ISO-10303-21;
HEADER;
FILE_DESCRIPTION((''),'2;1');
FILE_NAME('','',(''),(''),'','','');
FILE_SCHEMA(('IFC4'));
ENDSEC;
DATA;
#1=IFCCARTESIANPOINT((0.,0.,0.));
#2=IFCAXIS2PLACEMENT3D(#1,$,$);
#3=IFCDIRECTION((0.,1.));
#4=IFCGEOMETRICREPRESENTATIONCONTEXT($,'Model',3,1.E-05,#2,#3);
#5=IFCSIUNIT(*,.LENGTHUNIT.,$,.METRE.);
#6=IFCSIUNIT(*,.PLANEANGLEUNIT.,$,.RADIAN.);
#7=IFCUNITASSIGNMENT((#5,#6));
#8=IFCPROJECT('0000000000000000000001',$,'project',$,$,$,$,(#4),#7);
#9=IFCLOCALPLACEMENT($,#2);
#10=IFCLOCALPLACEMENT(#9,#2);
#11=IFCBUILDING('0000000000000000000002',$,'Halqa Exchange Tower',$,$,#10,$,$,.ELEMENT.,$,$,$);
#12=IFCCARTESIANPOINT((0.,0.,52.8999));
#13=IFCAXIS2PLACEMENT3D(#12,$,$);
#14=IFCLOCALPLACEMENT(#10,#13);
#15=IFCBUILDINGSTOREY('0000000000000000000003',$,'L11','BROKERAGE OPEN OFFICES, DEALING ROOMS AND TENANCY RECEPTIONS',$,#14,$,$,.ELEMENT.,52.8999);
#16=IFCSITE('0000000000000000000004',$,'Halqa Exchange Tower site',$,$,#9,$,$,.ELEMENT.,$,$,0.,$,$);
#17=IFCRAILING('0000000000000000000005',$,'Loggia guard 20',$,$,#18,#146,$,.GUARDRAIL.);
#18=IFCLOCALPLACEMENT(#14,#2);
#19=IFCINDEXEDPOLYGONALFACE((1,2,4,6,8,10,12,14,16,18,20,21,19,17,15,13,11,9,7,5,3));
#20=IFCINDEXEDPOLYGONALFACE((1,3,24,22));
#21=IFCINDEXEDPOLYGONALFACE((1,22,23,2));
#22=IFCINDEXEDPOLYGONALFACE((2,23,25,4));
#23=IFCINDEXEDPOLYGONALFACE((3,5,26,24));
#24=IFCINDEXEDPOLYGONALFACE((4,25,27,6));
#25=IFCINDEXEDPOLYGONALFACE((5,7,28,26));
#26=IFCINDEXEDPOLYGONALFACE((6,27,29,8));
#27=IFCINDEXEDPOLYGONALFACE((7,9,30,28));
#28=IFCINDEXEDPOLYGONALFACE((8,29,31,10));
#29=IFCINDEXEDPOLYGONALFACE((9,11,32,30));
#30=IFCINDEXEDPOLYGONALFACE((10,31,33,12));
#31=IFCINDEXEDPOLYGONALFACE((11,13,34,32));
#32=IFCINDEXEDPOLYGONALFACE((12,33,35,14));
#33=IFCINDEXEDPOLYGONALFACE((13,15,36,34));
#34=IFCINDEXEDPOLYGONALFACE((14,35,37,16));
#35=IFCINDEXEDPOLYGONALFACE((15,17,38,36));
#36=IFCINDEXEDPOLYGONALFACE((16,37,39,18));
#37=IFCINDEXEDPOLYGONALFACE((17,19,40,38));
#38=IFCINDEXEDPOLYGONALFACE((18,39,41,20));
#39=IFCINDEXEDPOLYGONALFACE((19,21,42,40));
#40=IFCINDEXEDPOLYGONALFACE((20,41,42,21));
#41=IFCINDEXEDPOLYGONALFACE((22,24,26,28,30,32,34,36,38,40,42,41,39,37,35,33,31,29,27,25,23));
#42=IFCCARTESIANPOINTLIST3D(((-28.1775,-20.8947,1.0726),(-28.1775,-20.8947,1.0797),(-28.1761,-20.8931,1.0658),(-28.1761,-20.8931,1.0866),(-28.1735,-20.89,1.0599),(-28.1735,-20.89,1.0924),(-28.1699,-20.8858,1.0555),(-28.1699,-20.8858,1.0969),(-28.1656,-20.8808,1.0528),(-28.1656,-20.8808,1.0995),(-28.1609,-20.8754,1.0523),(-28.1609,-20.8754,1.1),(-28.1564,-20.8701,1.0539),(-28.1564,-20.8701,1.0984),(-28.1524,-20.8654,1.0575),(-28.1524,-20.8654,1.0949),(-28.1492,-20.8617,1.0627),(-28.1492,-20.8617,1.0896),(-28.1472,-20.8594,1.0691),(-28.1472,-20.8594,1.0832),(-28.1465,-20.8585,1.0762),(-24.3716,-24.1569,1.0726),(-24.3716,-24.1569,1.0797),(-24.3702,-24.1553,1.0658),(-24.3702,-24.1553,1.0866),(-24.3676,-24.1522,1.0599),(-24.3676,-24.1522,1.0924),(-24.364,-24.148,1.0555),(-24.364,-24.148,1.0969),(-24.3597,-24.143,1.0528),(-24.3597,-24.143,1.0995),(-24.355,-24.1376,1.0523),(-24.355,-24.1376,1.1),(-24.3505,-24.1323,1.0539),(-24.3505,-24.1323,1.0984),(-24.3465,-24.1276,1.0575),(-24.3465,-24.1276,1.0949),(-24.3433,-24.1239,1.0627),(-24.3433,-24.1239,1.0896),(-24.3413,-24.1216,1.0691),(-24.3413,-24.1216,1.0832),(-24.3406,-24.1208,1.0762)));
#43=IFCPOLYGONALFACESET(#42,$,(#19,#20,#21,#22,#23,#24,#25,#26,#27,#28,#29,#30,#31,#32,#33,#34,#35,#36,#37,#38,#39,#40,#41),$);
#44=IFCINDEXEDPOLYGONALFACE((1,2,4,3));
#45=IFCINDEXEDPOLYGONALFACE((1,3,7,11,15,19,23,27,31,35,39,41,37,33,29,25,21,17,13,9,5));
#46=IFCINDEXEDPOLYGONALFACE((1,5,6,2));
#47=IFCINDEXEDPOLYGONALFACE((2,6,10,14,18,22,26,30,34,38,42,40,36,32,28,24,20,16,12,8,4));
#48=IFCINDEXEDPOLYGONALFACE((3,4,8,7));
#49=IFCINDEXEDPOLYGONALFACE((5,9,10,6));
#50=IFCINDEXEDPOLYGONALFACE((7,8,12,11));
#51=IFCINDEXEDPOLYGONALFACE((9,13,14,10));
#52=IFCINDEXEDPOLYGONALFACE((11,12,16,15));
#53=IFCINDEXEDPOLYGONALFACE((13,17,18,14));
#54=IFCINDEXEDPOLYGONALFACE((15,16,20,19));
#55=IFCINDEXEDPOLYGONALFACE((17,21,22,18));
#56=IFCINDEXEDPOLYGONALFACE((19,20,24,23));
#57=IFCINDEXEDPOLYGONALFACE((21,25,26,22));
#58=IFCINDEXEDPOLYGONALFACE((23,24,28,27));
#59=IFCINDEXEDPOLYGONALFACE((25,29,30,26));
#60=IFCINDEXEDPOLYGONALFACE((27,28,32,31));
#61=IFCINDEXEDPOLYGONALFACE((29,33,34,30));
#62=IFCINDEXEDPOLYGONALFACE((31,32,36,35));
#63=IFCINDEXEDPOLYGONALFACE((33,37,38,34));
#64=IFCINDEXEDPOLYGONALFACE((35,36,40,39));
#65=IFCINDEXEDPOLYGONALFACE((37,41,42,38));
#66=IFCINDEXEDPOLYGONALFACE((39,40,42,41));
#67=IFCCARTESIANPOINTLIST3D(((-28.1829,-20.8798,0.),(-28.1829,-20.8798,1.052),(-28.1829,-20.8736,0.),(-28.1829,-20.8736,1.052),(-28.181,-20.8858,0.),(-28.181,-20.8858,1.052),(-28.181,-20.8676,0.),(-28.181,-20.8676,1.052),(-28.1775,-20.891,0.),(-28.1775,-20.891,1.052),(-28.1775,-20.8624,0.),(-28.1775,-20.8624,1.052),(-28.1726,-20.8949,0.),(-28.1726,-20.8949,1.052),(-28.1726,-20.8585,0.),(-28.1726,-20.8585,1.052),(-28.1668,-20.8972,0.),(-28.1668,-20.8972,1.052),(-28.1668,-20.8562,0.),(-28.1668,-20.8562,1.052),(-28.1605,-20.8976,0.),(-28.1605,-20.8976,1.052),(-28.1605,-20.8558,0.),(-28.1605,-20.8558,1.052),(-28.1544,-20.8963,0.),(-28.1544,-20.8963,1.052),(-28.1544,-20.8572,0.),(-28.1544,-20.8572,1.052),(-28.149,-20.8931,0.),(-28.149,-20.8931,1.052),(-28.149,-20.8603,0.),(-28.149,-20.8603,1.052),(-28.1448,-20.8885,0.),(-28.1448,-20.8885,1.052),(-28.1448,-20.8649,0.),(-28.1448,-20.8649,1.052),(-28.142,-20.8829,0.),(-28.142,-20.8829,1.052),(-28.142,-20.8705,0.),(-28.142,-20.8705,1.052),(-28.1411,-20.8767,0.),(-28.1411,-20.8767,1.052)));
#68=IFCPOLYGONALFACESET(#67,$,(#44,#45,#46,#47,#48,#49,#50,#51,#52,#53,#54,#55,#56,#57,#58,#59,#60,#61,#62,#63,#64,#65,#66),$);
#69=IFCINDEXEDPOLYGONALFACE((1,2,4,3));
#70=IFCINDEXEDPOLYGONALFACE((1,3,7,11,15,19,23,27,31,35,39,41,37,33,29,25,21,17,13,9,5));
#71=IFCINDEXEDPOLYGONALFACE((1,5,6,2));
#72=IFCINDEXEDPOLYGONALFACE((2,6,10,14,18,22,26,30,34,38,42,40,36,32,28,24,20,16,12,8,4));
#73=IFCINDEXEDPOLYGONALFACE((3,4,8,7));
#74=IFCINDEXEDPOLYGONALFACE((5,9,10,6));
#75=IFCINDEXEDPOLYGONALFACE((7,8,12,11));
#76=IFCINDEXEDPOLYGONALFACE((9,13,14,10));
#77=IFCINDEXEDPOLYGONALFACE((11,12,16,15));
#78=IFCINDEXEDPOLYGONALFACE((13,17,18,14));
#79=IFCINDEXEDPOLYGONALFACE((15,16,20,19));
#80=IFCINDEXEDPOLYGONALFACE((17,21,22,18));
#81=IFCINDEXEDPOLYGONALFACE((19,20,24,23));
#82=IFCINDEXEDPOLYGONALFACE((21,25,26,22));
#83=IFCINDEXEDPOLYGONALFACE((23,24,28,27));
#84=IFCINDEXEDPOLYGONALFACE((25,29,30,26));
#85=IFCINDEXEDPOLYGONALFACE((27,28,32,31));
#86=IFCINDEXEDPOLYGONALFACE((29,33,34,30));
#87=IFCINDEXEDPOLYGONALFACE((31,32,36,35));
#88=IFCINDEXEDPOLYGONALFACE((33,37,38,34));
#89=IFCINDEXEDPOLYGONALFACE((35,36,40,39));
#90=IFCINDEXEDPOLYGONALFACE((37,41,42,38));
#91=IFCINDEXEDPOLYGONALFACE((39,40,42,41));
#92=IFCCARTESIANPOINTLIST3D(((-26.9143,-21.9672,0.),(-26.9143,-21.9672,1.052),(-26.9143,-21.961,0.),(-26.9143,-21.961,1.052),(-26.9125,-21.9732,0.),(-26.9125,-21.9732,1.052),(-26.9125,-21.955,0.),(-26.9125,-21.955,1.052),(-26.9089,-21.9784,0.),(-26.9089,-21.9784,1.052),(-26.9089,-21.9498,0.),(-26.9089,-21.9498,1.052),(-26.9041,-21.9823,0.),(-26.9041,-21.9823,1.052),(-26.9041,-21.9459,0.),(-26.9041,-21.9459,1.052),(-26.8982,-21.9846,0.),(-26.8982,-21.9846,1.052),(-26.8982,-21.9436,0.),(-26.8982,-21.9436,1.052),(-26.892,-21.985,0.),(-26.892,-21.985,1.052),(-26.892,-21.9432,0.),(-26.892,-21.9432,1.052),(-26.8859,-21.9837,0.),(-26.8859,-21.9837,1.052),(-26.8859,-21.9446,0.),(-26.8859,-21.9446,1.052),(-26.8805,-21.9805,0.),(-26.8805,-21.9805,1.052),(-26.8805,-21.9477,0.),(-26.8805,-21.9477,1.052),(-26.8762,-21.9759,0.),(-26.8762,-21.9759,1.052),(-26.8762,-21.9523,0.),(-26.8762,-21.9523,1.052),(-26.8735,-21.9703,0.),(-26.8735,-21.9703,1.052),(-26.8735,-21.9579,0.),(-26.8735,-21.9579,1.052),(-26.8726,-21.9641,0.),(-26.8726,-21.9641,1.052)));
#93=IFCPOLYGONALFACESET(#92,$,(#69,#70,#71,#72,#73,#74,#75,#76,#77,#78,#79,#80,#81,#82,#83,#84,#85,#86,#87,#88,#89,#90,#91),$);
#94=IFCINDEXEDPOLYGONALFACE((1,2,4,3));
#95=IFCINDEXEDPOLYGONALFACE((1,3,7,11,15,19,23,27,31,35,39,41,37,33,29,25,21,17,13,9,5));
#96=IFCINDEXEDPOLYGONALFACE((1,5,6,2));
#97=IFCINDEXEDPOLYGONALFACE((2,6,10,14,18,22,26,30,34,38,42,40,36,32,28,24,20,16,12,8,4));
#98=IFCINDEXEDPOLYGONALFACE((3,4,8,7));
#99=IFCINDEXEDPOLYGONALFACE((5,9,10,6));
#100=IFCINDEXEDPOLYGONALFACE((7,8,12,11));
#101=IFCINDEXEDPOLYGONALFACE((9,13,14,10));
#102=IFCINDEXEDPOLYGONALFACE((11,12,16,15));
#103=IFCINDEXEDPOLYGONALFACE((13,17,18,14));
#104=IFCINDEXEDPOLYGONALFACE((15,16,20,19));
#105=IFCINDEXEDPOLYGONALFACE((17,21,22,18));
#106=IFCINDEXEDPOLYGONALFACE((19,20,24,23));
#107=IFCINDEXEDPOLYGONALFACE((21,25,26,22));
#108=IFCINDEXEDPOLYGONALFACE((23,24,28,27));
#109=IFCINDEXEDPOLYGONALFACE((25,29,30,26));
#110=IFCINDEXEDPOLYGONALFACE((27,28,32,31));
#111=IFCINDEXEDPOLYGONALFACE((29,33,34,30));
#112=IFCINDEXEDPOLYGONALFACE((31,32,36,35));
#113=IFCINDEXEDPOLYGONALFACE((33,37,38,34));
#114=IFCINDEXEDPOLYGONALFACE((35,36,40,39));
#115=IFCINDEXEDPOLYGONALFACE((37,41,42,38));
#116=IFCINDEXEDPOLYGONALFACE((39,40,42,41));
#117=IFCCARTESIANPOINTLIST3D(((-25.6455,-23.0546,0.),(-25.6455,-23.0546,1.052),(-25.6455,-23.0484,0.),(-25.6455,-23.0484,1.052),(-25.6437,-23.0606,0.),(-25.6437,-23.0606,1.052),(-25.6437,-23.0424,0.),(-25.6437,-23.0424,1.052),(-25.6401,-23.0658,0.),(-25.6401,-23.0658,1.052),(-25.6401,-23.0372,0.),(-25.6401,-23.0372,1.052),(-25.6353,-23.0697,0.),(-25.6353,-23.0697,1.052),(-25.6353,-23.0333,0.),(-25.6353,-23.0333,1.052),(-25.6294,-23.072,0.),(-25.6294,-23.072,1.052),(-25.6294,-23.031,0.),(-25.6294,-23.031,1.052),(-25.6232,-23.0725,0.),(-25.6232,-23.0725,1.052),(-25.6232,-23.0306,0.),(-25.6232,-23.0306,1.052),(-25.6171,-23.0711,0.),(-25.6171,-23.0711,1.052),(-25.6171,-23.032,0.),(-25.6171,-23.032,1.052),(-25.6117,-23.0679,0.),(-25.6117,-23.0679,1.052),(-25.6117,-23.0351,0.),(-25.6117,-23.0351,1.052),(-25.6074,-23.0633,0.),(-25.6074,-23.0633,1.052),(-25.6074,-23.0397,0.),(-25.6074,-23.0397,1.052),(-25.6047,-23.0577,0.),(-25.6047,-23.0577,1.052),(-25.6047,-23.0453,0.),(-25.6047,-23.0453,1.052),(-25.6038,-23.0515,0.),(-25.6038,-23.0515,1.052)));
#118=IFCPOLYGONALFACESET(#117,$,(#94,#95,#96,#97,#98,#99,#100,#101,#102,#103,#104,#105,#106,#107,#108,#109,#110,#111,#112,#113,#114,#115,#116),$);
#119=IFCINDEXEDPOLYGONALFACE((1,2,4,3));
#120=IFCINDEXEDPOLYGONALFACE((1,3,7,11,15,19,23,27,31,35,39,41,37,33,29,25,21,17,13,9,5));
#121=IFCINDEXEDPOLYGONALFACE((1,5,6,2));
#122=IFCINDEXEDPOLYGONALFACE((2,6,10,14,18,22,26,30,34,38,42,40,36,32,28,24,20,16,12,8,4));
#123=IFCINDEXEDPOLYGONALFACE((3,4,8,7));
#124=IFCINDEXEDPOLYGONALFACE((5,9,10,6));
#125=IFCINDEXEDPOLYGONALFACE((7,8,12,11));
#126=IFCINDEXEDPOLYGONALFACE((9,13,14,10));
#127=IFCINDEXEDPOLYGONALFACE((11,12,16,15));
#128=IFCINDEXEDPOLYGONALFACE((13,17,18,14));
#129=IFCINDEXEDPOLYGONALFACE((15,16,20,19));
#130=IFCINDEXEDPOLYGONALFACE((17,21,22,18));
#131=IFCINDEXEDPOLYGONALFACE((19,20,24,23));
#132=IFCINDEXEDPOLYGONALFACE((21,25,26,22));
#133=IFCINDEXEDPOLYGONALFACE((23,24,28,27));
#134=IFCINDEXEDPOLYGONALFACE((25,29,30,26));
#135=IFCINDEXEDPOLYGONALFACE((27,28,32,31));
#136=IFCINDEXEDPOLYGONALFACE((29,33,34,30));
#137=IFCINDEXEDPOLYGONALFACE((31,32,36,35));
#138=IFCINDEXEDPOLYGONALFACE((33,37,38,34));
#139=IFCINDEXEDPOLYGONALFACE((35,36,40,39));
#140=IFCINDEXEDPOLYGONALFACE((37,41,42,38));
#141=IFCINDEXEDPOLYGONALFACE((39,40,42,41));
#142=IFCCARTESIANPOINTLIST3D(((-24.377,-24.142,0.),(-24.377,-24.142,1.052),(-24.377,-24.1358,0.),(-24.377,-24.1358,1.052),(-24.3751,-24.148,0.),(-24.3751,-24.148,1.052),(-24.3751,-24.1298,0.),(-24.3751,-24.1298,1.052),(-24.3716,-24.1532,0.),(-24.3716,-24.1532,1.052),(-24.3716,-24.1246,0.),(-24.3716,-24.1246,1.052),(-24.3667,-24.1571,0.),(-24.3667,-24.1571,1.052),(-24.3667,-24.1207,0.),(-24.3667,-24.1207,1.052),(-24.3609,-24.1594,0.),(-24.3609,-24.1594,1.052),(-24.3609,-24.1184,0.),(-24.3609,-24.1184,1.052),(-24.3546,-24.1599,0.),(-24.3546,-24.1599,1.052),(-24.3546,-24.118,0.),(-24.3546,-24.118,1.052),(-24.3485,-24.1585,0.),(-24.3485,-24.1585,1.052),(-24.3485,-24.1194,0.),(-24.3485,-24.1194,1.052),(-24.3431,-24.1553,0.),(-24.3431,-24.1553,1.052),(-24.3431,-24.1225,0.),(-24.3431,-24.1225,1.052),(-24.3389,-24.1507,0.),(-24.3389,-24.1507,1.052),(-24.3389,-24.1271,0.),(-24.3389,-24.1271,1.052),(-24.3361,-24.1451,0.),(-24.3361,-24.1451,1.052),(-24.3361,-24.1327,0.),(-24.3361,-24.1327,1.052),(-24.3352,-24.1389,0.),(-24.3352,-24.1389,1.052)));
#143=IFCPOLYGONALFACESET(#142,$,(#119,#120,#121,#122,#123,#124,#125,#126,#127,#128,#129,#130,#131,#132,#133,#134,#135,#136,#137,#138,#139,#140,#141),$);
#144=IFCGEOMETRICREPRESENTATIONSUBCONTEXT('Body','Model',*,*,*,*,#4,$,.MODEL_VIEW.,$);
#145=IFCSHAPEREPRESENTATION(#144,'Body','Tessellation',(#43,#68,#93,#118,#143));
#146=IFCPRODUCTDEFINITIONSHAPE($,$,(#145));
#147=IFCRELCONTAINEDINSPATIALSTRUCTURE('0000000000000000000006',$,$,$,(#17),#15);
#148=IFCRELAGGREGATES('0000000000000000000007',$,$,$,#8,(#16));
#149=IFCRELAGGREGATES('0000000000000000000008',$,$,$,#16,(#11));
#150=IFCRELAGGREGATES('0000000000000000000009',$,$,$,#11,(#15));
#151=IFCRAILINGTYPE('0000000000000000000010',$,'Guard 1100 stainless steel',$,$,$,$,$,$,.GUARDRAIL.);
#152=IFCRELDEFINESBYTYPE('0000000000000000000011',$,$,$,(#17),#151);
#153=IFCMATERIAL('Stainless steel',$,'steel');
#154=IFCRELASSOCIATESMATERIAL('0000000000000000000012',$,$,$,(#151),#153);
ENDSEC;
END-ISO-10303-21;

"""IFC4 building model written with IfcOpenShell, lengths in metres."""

from ifc_helpers import new_model, si_unit, direction, frame, origin, origin_2d, place, context, subcontext, project, spatial, circle, extrude, material, type_object, element, save


model = new_model("IFC4")

# Units and contexts
model_context = context("Model", 3, precision=1e-05, world=origin(), true_north=direction((0.0, 1.0)))
body_context = subcontext(model_context, "Body", "Model", "MODEL_VIEW")
ifc_project = project(units=[si_unit("LENGTHUNIT", "METRE"), si_unit("PLANEANGLEUNIT", "RADIAN")], contexts=[model_context])

# Site, building, storey
site_placement = place(None, origin())
site = spatial("IfcSite", under=ifc_project, at=site_placement, Name="Halqa Exchange Tower site", CompositionType="ELEMENT", RefElevation=0.0)
building_placement = place(site_placement, origin())
building = spatial("IfcBuilding", under=site, at=building_placement, Name="Halqa Exchange Tower", CompositionType="ELEMENT")
storey_placement = place(building_placement, frame((0.0, 0.0, 52.8999)))
storey = spatial("IfcBuildingStorey", under=building, at=storey_placement, Name="L11", Description="BROKERAGE OPEN OFFICES, DEALING ROOMS AND TENANCY RECEPTIONS", CompositionType="ELEMENT", Elevation=52.8999)

# Railing
ifc_material_1 = material(Name="Stainless steel", Category="steel")
railing_type = type_object("IfcRailingType", Name="Guard 1100 stainless steel", PredefinedType="GUARDRAIL", material=ifc_material_1)
railing_1_placement = place(storey_placement, frame((-28.1621, -20.8767, 0.0)))
element("IfcRailing", 1, at=railing_1_placement, inside=storey, type_object=railing_type, Name="Loggia guard 20", PredefinedType="GUARDRAIL", context=body_context, shape_type="SweptSolid", body=[
    extrude(circle(Radius=0.0239, at=origin_2d()), frame((0.0, 0.0, 1.0762), z_axis=(0.759257, -0.650791, 0.0), x_axis=(0.650791, 0.759257, 0.0)), (0.0, 0.0, 1.0), 5.0127),
    extrude(circle(Radius=0.021, at=origin_2d()), origin(), (0.0, 0.0, 1.0), 1.052),
    extrude(circle(Radius=0.021, at=origin_2d()), frame((1.2686, -1.0874, 0.0)), (0.0, 0.0, 1.0), 1.052),
    extrude(circle(Radius=0.021, at=origin_2d()), frame((2.5374, -2.1748, 0.0)), (0.0, 0.0, 1.0), 1.052),
    extrude(circle(Radius=0.021, at=origin_2d()), frame((3.8059, -3.2622, 0.0)), (0.0, 0.0, 1.0), 1.052),
])

save(model, "model.ifc")
